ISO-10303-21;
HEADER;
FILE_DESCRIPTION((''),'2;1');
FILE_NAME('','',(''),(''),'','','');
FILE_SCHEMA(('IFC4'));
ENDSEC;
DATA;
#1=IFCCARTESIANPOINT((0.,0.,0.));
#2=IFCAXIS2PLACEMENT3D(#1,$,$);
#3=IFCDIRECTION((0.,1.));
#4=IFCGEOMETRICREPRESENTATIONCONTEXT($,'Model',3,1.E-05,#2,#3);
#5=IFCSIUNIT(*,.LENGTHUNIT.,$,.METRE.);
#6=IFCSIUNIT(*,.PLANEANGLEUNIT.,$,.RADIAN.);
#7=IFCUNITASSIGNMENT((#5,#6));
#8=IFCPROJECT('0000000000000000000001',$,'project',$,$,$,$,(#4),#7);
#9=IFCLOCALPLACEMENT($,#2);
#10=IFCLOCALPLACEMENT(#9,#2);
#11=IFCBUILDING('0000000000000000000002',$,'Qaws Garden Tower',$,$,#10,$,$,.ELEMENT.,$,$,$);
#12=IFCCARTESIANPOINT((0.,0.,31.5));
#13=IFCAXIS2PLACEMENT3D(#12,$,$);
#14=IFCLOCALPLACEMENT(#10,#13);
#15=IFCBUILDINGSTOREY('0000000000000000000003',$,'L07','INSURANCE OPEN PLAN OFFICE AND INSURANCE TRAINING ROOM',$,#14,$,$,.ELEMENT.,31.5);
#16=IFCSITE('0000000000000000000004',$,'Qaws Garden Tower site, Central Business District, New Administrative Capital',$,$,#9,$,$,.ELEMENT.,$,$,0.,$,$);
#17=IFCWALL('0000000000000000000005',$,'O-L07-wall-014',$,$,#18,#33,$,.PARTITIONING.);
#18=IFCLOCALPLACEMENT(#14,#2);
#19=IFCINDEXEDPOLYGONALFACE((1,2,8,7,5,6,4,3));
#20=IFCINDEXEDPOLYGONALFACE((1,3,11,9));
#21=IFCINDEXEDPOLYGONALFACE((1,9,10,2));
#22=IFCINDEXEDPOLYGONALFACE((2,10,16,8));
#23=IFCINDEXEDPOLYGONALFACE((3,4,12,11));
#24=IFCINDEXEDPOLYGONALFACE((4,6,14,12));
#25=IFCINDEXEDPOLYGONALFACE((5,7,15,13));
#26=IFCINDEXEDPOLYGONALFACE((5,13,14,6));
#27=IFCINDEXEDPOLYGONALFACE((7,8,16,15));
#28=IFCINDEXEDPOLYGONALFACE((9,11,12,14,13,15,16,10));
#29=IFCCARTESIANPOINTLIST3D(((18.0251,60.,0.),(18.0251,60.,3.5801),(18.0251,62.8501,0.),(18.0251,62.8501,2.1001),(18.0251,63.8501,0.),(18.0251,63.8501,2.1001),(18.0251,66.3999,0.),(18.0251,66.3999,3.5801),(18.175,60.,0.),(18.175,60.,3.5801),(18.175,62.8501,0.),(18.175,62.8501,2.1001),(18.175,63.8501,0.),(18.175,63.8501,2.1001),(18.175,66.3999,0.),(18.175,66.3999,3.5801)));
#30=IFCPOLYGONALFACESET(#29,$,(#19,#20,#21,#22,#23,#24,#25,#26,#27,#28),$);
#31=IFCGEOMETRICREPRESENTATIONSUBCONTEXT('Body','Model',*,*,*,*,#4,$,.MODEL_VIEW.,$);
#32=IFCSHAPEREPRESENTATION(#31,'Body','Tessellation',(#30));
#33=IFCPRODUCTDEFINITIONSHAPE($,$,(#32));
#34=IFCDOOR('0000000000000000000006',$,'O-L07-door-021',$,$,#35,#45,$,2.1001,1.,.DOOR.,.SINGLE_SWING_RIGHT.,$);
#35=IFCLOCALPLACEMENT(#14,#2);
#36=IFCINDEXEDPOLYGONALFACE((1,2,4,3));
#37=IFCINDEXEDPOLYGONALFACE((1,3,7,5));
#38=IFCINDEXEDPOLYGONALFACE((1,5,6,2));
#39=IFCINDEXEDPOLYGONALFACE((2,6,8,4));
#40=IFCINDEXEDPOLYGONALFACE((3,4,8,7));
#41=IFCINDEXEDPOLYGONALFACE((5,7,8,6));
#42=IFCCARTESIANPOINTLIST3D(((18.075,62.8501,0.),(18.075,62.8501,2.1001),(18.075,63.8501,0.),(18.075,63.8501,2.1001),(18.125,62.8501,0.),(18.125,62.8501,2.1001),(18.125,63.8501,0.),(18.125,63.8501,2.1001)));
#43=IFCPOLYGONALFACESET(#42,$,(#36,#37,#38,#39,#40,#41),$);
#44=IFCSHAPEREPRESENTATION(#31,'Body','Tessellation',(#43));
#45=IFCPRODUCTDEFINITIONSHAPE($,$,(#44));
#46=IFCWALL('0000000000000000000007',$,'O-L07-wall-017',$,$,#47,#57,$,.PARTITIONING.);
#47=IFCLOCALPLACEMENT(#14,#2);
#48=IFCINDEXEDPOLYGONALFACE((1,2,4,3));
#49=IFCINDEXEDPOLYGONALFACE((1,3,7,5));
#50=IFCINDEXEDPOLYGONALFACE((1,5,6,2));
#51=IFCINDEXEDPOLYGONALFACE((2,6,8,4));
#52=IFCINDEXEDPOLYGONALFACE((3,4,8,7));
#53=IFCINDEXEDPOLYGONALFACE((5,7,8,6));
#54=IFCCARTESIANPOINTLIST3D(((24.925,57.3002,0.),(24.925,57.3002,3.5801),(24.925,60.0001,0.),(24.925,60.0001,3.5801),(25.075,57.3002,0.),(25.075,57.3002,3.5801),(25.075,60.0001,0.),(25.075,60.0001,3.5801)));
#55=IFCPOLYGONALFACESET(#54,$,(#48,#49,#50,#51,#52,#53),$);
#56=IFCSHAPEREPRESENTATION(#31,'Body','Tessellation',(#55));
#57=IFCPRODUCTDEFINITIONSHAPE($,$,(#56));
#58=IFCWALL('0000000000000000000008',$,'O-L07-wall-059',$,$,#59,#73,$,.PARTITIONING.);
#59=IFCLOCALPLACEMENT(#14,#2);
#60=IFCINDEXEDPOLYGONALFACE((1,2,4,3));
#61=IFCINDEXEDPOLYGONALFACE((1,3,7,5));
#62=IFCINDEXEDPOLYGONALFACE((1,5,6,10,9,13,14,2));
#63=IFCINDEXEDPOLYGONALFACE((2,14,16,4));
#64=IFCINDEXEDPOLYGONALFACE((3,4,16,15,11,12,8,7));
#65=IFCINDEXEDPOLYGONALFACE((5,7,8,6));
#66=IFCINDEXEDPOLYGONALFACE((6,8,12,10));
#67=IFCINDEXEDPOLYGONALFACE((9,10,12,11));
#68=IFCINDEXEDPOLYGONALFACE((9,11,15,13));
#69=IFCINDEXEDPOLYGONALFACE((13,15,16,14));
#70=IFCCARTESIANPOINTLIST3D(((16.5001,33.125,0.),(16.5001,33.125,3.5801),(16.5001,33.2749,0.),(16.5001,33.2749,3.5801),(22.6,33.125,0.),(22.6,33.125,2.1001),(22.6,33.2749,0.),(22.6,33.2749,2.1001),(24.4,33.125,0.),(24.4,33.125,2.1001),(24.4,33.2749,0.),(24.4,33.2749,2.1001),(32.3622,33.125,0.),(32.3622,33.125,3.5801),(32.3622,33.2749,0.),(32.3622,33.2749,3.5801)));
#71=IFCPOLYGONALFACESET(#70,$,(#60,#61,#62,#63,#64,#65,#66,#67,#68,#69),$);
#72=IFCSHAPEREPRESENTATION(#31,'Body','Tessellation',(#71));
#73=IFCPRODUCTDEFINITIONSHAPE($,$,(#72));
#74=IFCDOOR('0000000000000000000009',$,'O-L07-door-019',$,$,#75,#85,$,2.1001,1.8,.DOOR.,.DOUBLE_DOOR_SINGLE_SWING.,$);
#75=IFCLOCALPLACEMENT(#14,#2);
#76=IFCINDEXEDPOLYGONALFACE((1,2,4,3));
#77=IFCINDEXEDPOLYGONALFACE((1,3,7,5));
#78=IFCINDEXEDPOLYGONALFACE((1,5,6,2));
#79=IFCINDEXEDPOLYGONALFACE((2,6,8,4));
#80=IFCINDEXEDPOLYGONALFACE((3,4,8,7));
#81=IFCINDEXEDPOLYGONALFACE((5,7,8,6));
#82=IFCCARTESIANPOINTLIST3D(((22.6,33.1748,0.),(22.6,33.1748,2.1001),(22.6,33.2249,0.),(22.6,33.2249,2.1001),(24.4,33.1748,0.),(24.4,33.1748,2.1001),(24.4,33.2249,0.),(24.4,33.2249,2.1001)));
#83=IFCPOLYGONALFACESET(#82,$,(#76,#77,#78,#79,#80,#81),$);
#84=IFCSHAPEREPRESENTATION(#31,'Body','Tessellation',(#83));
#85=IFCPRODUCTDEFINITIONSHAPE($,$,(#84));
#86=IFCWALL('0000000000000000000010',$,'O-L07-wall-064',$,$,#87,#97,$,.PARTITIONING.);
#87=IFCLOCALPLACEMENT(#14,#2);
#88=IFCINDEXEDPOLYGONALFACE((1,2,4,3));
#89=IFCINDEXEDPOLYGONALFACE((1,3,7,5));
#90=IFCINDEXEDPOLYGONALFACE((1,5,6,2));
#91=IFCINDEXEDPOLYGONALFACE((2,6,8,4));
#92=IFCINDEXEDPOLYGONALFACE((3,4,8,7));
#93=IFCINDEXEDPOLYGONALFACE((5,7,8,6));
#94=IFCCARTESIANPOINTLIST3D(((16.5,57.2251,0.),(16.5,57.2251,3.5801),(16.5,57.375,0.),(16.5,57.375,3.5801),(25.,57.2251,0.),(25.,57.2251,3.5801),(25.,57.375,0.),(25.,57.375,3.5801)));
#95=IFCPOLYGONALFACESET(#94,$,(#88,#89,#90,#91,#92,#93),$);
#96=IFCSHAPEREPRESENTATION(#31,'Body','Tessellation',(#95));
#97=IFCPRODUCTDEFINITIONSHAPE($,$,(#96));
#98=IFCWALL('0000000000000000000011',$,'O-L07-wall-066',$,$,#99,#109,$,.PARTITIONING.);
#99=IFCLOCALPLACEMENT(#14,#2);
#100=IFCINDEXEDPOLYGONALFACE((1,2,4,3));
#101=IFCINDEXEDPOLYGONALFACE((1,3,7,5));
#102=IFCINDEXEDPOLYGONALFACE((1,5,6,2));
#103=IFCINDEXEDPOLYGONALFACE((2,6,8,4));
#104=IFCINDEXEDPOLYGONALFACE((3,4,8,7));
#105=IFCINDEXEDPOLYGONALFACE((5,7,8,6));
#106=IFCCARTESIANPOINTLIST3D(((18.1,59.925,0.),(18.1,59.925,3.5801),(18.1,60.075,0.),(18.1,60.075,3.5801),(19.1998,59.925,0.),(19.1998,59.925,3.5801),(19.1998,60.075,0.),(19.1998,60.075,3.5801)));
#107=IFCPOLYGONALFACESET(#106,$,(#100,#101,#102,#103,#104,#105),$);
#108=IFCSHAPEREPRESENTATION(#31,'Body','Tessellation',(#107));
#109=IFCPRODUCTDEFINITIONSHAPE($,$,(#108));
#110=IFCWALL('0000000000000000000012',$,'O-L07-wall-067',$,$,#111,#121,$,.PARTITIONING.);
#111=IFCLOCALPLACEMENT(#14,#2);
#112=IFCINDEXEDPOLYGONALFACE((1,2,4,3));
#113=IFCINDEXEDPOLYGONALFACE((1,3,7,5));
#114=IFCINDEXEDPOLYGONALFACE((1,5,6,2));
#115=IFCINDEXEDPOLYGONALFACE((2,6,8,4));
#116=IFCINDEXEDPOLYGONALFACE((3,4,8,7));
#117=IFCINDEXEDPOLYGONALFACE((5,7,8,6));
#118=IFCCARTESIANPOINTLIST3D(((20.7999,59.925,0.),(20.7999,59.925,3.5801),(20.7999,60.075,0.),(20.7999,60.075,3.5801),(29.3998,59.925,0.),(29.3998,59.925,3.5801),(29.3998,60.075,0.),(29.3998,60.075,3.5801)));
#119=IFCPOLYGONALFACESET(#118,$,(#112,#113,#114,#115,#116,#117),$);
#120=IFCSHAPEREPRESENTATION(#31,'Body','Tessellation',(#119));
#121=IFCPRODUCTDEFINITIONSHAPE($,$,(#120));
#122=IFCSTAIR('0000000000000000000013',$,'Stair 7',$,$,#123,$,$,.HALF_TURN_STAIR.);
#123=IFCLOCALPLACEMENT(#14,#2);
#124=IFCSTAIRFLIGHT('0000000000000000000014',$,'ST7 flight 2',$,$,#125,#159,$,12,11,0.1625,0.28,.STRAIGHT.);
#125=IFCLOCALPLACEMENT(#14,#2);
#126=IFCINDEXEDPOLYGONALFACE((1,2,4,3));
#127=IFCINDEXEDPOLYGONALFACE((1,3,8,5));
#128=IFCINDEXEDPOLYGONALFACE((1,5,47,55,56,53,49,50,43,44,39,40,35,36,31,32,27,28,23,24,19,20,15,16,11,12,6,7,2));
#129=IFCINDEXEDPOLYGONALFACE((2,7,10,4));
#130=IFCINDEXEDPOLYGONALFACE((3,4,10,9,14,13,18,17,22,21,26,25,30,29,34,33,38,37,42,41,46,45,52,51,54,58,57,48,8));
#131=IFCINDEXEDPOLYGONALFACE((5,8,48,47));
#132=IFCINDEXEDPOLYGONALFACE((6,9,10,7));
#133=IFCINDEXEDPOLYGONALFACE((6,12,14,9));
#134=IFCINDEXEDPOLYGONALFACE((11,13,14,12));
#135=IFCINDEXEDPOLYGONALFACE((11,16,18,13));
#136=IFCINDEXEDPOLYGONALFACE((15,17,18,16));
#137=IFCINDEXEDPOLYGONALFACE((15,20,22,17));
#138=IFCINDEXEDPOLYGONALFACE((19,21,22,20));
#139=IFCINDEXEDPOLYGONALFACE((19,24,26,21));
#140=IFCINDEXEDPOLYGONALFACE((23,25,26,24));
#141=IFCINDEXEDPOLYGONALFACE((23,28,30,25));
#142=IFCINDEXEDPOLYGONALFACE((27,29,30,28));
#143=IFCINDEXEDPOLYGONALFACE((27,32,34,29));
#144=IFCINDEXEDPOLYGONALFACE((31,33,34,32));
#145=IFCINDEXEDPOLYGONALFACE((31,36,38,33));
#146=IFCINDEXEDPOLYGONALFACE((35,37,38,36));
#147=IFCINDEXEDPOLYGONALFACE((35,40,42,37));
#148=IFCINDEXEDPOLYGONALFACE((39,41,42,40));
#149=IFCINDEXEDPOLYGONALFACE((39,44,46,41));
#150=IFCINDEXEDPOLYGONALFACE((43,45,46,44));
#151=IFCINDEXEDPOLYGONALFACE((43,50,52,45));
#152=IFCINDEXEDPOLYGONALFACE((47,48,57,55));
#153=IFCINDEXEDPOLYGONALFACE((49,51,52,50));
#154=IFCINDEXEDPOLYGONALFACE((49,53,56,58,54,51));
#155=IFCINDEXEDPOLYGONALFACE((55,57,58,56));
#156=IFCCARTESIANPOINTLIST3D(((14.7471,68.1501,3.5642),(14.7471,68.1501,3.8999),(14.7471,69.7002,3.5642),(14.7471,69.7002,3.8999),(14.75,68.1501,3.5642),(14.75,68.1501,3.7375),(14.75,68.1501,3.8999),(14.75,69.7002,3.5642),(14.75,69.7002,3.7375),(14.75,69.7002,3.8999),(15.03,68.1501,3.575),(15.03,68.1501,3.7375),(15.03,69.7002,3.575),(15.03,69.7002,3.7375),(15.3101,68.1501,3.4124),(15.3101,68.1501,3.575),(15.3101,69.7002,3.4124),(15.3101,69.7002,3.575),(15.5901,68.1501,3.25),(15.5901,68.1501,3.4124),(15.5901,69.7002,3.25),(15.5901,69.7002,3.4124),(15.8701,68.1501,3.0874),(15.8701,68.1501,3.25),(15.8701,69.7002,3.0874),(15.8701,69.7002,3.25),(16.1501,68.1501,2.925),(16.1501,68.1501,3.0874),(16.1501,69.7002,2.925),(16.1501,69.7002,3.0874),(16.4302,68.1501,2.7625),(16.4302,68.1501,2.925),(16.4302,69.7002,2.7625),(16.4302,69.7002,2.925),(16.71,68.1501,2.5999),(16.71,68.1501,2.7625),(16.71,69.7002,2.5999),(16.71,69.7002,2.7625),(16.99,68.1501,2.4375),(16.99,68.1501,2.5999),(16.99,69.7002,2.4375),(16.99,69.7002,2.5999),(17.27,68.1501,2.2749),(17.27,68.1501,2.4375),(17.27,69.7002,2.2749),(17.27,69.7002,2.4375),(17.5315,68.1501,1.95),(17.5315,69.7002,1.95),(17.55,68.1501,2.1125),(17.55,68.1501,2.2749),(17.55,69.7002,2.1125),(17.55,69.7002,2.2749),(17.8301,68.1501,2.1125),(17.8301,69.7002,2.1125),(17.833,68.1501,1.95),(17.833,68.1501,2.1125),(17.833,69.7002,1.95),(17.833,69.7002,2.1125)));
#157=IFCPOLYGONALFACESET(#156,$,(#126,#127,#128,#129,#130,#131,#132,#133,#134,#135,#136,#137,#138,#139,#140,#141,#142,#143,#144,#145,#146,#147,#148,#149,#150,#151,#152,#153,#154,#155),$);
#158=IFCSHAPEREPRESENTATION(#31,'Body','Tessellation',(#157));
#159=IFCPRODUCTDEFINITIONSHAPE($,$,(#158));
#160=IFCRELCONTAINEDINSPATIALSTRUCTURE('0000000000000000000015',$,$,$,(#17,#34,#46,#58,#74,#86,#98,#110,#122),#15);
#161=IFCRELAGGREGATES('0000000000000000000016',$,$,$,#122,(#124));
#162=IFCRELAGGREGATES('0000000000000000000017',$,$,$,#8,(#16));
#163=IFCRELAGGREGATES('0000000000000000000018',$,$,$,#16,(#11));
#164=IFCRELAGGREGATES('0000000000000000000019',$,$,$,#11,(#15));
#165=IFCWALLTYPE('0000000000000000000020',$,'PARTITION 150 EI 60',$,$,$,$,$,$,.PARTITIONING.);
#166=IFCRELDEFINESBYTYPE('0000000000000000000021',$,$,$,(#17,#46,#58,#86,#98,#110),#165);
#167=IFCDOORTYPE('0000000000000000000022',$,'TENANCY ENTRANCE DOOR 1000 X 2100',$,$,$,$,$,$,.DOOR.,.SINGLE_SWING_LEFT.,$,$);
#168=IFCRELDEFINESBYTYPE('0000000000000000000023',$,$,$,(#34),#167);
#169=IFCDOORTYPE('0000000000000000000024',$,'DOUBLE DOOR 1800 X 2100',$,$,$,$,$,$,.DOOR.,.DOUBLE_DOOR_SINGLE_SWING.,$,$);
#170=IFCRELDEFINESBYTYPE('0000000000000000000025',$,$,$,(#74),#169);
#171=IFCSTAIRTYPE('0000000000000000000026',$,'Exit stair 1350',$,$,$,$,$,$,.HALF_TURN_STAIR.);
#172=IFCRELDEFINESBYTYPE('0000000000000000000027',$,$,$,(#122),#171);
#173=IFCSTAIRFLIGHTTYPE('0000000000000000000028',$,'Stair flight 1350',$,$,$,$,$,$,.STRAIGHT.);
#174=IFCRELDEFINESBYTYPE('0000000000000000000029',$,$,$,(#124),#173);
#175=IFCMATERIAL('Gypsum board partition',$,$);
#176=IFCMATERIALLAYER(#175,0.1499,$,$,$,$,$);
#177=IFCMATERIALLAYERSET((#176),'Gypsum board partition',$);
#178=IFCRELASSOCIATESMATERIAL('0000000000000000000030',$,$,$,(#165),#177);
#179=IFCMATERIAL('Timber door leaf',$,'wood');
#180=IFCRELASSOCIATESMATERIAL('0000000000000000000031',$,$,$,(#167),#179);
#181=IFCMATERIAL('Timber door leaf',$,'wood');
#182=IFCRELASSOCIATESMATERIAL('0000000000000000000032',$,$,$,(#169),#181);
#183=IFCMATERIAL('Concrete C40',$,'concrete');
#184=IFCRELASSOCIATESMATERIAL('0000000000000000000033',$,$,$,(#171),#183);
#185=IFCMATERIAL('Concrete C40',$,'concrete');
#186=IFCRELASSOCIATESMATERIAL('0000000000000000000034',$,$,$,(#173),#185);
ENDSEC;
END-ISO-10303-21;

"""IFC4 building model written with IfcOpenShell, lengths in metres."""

from ifc_helpers import new_model, si_unit, direction, frame, frame_2d, origin, place, context, subcontext, project, spatial, polyline, rectangle, outline, extrude, material, layer, layer_set, type_object, element, fill, aggregate, save


model = new_model("IFC4")

# Units and contexts
model_context = context("Model", 3, precision=1e-05, world=origin(), true_north=direction((0.0, 1.0)))
body_context = subcontext(model_context, "Body", "Model", "MODEL_VIEW")
ifc_project = project(units=[si_unit("LENGTHUNIT", "METRE"), si_unit("PLANEANGLEUNIT", "RADIAN")], contexts=[model_context])

# Site, building, storey
site_placement = place(None, origin())
site = spatial("IfcSite", under=ifc_project, at=site_placement, Name="Qaws Garden Tower site, Central Business District, New Administrative Capital", CompositionType="ELEMENT", RefElevation=0.0)
building_placement = place(site_placement, origin())
building = spatial("IfcBuilding", under=site, at=building_placement, Name="Qaws Garden Tower", CompositionType="ELEMENT")
storey_placement = place(building_placement, frame((0.0, 0.0, 31.5)))
storey = spatial("IfcBuildingStorey", under=building, at=storey_placement, Name="L07", Description="INSURANCE OPEN PLAN OFFICE AND INSURANCE TRAINING ROOM", CompositionType="ELEMENT", Elevation=31.5)

# Shared definitions
ifc_material_1 = material(Name="Gypsum board partition")
ifc_layer_1 = layer(ifc_material_1, 0.1499)
ifc_layer_set_1 = layer_set([ifc_layer_1], Name="Gypsum board partition")
wall_type_1 = type_object("IfcWallType", Name="PARTITION 150 EI 60", PredefinedType="PARTITIONING", material=ifc_layer_set_1)

# Wall, opening, door
wall_1_placement = place(storey_placement, frame((18.1001, 60.0, 0.0), z_axis=(0.0, 0.0, 1.0), x_axis=(0.0, 1.0, 0.0)))
wall_1 = element("IfcWall", 1, at=wall_1_placement, inside=storey, type_object=wall_type_1, Name="O-L07-wall-014", PredefinedType="PARTITIONING", context=body_context, shape_type="SweptSolid", body=[
    extrude(rectangle(XDim=6.3999, YDim=0.1499, at=frame_2d((3.2, 0.0))), origin(), (0.0, 0.0, 1.0), 3.5801),
])
opening_1_placement = place(wall_1_placement, frame((2.8501, 0.0, 0.0)))
opening_1 = element("IfcOpeningElement", 2, at=opening_1_placement, cuts=wall_1, PredefinedType="OPENING", context=body_context, shape_type="SweptSolid", body=[
    extrude(rectangle(XDim=1.0, YDim=2.1001, at=frame_2d((0.5, 1.05))), frame((0.0, 0.085, 0.0), z_axis=(0.0, -1.0, 0.0), x_axis=(1.0, 0.0, 0.0)), (0.0, 0.0, 1.0), 0.1699),
])
ifc_material_2 = material(Name="Timber door leaf", Category="wood")
door_type_1 = type_object("IfcDoorType", Name="TENANCY ENTRANCE DOOR 1000 X 2100", OperationType="SINGLE_SWING_LEFT", PredefinedType="DOOR", material=ifc_material_2)
door_1_placement = place(opening_1_placement, frame((1.0, 0.0, 0.0), z_axis=(0.0, 0.0, 1.0), x_axis=(-1.0, 0.0, 0.0)))
door_1 = element("IfcDoor", 3, at=door_1_placement, inside=storey, type_object=door_type_1, Name="O-L07-door-021", OperationType="SINGLE_SWING_RIGHT", OverallHeight=2.1001, OverallWidth=1.0, PredefinedType="DOOR", context=body_context, shape_type="SweptSolid", body=[
    extrude(rectangle(XDim=1.0, YDim=2.1001, at=frame_2d((0.5, 1.05))), frame((0.0, 0.0249, 0.0), z_axis=(0.0, -1.0, 0.0), x_axis=(1.0, 0.0, 0.0)), (0.0, 0.0, 1.0), 0.05),
])
fill(opening_1, door_1)

# Wall
wall_2_placement = place(storey_placement, frame((25.0, 57.3, 0.0), z_axis=(0.0, 0.0, 1.0), x_axis=(0.0, 1.0, 0.0)))
element("IfcWall", 4, at=wall_2_placement, inside=storey, type_object=wall_type_1, Name="O-L07-wall-017", PredefinedType="PARTITIONING", context=body_context, shape_type="SweptSolid", body=[
    extrude(rectangle(XDim=2.7, YDim=0.1499, at=frame_2d((1.3501, 0.0))), origin(), (0.0, 0.0, 1.0), 3.5801),
])

# Wall, opening, door
wall_3_placement = place(storey_placement, frame((16.5, 33.2, 0.0), z_axis=(0.0, 0.0, 1.0), x_axis=(1.0, 0.0, 0.0)))
wall_3 = element("IfcWall", 5, at=wall_3_placement, inside=storey, type_object=wall_type_1, Name="O-L07-wall-059", PredefinedType="PARTITIONING", context=body_context, shape_type="SweptSolid", body=[
    extrude(rectangle(XDim=15.8621, YDim=0.1499, at=frame_2d((7.9312, 0.0))), origin(), (0.0, 0.0, 1.0), 3.5801),
])
opening_2_placement = place(wall_3_placement, frame((6.1001, 0.0, 0.0)))
opening_2 = element("IfcOpeningElement", 6, at=opening_2_placement, cuts=wall_3, PredefinedType="OPENING", context=body_context, shape_type="SweptSolid", body=[
    extrude(rectangle(XDim=1.8, YDim=2.1001, at=frame_2d((0.8999, 1.05))), frame((0.0, 0.085, 0.0), z_axis=(0.0, -1.0, 0.0), x_axis=(1.0, 0.0, 0.0)), (0.0, 0.0, 1.0), 0.1699),
])
ifc_material_3 = material(Name="Timber door leaf", Category="wood")
door_type_2 = type_object("IfcDoorType", Name="DOUBLE DOOR 1800 X 2100", OperationType="DOUBLE_DOOR_SINGLE_SWING", PredefinedType="DOOR", material=ifc_material_3)
door_2_placement = place(opening_2_placement, origin())
door_2 = element("IfcDoor", 7, at=door_2_placement, inside=storey, type_object=door_type_2, Name="O-L07-door-019", OperationType="DOUBLE_DOOR_SINGLE_SWING", OverallHeight=2.1001, OverallWidth=1.8, PredefinedType="DOOR", context=body_context, shape_type="SweptSolid", body=[
    extrude(rectangle(XDim=1.8, YDim=2.1001, at=frame_2d((0.8999, 1.05))), frame((0.0, 0.0249, 0.0), z_axis=(0.0, -1.0, 0.0), x_axis=(1.0, 0.0, 0.0)), (0.0, 0.0, 1.0), 0.05),
])
fill(opening_2, door_2)

# Walls
wall_4_placement = place(storey_placement, frame((16.5, 57.3, 0.0), z_axis=(0.0, 0.0, 1.0), x_axis=(1.0, 0.0, 0.0)))
element("IfcWall", 8, at=wall_4_placement, inside=storey, type_object=wall_type_1, Name="O-L07-wall-064", PredefinedType="PARTITIONING", context=body_context, shape_type="SweptSolid", body=[
    extrude(rectangle(XDim=8.5, YDim=0.1499, at=frame_2d((4.25, 0.0))), origin(), (0.0, 0.0, 1.0), 3.5801),
])
wall_5_placement = place(storey_placement, frame((18.1001, 60.0, 0.0), z_axis=(0.0, 0.0, 1.0), x_axis=(1.0, 0.0, 0.0)))
element("IfcWall", 9, at=wall_5_placement, inside=storey, type_object=wall_type_1, Name="O-L07-wall-066", PredefinedType="PARTITIONING", context=body_context, shape_type="SweptSolid", body=[
    extrude(rectangle(XDim=1.0999, YDim=0.1499, at=frame_2d((0.5498, 0.0))), origin(), (0.0, 0.0, 1.0), 3.5801),
])
wall_6_placement = place(storey_placement, frame((20.8, 60.0, 0.0), z_axis=(0.0, 0.0, 1.0), x_axis=(1.0, 0.0, 0.0)))
element("IfcWall", 10, at=wall_6_placement, inside=storey, type_object=wall_type_1, Name="O-L07-wall-067", PredefinedType="PARTITIONING", context=body_context, shape_type="SweptSolid", body=[
    extrude(rectangle(XDim=8.5999, YDim=0.1499, at=frame_2d((4.2998, 0.0))), origin(), (0.0, 0.0, 1.0), 3.5801),
])

# Stair, stair flight
ifc_material_4 = material(Name="Concrete C40", Category="concrete")
stair_type = type_object("IfcStairType", Name="Exit stair 1350", PredefinedType="HALF_TURN_STAIR", material=ifc_material_4)
stair_placement = place(storey_placement, origin())
stair = element("IfcStair", 11, at=stair_placement, inside=storey, type_object=stair_type, Name="Stair 7", PredefinedType="HALF_TURN_STAIR")
ifc_material_5 = material(Name="Concrete C40", Category="concrete")
stair_flight_type = type_object("IfcStairFlightType", Name="Stair flight 1350", PredefinedType="STRAIGHT", material=ifc_material_5)
stair_flight_placement = place(storey_placement, frame((17.8301, 68.925, 1.95), z_axis=(0.0, 0.0, 1.0), x_axis=(-1.0, 0.0, 0.0)))
stair_flight = element("IfcStairFlight", 12, at=stair_flight_placement, type_object=stair_flight_type, Name="ST7 flight 2", NumberOfRisers=12, NumberOfTreads=11, PredefinedType="STRAIGHT", RiserHeight=0.1625, TreadLength=0.28, context=body_context, shape_type="SweptSolid", body=[
    extrude(outline(polyline([(-0.0029, 0.0), (-0.0029, 0.1626), (0.0, 0.1626), (0.28, 0.1626), (0.28, 0.325), (0.5601, 0.325), (0.5601, 0.4875), (0.8401, 0.4875), (0.8401, 0.6499), (1.1201, 0.6499), (1.1201, 0.8125), (1.3999, 0.8125), (1.3999, 0.9751), (1.6799, 0.9751), (1.6799, 1.1375), (1.96, 1.1375), (1.96, 1.3), (2.24, 1.3), (2.24, 1.4624), (2.52, 1.4624), (2.52, 1.625), (2.8, 1.625), (2.8, 1.7876), (3.0801, 1.7876), (3.0801, 1.95), (3.083, 1.95), (3.083, 1.6143), (3.0801, 1.6143), (0.2986, 0.0), (-0.0029, 0.0)])), frame((0.0, 0.7749, 0.0), z_axis=(0.0, -1.0, 0.0), x_axis=(1.0, 0.0, 0.0)), (0.0, 0.0, 1.0), 1.55),
])
aggregate(stair, [stair_flight])

save(model, "model.ifc")
